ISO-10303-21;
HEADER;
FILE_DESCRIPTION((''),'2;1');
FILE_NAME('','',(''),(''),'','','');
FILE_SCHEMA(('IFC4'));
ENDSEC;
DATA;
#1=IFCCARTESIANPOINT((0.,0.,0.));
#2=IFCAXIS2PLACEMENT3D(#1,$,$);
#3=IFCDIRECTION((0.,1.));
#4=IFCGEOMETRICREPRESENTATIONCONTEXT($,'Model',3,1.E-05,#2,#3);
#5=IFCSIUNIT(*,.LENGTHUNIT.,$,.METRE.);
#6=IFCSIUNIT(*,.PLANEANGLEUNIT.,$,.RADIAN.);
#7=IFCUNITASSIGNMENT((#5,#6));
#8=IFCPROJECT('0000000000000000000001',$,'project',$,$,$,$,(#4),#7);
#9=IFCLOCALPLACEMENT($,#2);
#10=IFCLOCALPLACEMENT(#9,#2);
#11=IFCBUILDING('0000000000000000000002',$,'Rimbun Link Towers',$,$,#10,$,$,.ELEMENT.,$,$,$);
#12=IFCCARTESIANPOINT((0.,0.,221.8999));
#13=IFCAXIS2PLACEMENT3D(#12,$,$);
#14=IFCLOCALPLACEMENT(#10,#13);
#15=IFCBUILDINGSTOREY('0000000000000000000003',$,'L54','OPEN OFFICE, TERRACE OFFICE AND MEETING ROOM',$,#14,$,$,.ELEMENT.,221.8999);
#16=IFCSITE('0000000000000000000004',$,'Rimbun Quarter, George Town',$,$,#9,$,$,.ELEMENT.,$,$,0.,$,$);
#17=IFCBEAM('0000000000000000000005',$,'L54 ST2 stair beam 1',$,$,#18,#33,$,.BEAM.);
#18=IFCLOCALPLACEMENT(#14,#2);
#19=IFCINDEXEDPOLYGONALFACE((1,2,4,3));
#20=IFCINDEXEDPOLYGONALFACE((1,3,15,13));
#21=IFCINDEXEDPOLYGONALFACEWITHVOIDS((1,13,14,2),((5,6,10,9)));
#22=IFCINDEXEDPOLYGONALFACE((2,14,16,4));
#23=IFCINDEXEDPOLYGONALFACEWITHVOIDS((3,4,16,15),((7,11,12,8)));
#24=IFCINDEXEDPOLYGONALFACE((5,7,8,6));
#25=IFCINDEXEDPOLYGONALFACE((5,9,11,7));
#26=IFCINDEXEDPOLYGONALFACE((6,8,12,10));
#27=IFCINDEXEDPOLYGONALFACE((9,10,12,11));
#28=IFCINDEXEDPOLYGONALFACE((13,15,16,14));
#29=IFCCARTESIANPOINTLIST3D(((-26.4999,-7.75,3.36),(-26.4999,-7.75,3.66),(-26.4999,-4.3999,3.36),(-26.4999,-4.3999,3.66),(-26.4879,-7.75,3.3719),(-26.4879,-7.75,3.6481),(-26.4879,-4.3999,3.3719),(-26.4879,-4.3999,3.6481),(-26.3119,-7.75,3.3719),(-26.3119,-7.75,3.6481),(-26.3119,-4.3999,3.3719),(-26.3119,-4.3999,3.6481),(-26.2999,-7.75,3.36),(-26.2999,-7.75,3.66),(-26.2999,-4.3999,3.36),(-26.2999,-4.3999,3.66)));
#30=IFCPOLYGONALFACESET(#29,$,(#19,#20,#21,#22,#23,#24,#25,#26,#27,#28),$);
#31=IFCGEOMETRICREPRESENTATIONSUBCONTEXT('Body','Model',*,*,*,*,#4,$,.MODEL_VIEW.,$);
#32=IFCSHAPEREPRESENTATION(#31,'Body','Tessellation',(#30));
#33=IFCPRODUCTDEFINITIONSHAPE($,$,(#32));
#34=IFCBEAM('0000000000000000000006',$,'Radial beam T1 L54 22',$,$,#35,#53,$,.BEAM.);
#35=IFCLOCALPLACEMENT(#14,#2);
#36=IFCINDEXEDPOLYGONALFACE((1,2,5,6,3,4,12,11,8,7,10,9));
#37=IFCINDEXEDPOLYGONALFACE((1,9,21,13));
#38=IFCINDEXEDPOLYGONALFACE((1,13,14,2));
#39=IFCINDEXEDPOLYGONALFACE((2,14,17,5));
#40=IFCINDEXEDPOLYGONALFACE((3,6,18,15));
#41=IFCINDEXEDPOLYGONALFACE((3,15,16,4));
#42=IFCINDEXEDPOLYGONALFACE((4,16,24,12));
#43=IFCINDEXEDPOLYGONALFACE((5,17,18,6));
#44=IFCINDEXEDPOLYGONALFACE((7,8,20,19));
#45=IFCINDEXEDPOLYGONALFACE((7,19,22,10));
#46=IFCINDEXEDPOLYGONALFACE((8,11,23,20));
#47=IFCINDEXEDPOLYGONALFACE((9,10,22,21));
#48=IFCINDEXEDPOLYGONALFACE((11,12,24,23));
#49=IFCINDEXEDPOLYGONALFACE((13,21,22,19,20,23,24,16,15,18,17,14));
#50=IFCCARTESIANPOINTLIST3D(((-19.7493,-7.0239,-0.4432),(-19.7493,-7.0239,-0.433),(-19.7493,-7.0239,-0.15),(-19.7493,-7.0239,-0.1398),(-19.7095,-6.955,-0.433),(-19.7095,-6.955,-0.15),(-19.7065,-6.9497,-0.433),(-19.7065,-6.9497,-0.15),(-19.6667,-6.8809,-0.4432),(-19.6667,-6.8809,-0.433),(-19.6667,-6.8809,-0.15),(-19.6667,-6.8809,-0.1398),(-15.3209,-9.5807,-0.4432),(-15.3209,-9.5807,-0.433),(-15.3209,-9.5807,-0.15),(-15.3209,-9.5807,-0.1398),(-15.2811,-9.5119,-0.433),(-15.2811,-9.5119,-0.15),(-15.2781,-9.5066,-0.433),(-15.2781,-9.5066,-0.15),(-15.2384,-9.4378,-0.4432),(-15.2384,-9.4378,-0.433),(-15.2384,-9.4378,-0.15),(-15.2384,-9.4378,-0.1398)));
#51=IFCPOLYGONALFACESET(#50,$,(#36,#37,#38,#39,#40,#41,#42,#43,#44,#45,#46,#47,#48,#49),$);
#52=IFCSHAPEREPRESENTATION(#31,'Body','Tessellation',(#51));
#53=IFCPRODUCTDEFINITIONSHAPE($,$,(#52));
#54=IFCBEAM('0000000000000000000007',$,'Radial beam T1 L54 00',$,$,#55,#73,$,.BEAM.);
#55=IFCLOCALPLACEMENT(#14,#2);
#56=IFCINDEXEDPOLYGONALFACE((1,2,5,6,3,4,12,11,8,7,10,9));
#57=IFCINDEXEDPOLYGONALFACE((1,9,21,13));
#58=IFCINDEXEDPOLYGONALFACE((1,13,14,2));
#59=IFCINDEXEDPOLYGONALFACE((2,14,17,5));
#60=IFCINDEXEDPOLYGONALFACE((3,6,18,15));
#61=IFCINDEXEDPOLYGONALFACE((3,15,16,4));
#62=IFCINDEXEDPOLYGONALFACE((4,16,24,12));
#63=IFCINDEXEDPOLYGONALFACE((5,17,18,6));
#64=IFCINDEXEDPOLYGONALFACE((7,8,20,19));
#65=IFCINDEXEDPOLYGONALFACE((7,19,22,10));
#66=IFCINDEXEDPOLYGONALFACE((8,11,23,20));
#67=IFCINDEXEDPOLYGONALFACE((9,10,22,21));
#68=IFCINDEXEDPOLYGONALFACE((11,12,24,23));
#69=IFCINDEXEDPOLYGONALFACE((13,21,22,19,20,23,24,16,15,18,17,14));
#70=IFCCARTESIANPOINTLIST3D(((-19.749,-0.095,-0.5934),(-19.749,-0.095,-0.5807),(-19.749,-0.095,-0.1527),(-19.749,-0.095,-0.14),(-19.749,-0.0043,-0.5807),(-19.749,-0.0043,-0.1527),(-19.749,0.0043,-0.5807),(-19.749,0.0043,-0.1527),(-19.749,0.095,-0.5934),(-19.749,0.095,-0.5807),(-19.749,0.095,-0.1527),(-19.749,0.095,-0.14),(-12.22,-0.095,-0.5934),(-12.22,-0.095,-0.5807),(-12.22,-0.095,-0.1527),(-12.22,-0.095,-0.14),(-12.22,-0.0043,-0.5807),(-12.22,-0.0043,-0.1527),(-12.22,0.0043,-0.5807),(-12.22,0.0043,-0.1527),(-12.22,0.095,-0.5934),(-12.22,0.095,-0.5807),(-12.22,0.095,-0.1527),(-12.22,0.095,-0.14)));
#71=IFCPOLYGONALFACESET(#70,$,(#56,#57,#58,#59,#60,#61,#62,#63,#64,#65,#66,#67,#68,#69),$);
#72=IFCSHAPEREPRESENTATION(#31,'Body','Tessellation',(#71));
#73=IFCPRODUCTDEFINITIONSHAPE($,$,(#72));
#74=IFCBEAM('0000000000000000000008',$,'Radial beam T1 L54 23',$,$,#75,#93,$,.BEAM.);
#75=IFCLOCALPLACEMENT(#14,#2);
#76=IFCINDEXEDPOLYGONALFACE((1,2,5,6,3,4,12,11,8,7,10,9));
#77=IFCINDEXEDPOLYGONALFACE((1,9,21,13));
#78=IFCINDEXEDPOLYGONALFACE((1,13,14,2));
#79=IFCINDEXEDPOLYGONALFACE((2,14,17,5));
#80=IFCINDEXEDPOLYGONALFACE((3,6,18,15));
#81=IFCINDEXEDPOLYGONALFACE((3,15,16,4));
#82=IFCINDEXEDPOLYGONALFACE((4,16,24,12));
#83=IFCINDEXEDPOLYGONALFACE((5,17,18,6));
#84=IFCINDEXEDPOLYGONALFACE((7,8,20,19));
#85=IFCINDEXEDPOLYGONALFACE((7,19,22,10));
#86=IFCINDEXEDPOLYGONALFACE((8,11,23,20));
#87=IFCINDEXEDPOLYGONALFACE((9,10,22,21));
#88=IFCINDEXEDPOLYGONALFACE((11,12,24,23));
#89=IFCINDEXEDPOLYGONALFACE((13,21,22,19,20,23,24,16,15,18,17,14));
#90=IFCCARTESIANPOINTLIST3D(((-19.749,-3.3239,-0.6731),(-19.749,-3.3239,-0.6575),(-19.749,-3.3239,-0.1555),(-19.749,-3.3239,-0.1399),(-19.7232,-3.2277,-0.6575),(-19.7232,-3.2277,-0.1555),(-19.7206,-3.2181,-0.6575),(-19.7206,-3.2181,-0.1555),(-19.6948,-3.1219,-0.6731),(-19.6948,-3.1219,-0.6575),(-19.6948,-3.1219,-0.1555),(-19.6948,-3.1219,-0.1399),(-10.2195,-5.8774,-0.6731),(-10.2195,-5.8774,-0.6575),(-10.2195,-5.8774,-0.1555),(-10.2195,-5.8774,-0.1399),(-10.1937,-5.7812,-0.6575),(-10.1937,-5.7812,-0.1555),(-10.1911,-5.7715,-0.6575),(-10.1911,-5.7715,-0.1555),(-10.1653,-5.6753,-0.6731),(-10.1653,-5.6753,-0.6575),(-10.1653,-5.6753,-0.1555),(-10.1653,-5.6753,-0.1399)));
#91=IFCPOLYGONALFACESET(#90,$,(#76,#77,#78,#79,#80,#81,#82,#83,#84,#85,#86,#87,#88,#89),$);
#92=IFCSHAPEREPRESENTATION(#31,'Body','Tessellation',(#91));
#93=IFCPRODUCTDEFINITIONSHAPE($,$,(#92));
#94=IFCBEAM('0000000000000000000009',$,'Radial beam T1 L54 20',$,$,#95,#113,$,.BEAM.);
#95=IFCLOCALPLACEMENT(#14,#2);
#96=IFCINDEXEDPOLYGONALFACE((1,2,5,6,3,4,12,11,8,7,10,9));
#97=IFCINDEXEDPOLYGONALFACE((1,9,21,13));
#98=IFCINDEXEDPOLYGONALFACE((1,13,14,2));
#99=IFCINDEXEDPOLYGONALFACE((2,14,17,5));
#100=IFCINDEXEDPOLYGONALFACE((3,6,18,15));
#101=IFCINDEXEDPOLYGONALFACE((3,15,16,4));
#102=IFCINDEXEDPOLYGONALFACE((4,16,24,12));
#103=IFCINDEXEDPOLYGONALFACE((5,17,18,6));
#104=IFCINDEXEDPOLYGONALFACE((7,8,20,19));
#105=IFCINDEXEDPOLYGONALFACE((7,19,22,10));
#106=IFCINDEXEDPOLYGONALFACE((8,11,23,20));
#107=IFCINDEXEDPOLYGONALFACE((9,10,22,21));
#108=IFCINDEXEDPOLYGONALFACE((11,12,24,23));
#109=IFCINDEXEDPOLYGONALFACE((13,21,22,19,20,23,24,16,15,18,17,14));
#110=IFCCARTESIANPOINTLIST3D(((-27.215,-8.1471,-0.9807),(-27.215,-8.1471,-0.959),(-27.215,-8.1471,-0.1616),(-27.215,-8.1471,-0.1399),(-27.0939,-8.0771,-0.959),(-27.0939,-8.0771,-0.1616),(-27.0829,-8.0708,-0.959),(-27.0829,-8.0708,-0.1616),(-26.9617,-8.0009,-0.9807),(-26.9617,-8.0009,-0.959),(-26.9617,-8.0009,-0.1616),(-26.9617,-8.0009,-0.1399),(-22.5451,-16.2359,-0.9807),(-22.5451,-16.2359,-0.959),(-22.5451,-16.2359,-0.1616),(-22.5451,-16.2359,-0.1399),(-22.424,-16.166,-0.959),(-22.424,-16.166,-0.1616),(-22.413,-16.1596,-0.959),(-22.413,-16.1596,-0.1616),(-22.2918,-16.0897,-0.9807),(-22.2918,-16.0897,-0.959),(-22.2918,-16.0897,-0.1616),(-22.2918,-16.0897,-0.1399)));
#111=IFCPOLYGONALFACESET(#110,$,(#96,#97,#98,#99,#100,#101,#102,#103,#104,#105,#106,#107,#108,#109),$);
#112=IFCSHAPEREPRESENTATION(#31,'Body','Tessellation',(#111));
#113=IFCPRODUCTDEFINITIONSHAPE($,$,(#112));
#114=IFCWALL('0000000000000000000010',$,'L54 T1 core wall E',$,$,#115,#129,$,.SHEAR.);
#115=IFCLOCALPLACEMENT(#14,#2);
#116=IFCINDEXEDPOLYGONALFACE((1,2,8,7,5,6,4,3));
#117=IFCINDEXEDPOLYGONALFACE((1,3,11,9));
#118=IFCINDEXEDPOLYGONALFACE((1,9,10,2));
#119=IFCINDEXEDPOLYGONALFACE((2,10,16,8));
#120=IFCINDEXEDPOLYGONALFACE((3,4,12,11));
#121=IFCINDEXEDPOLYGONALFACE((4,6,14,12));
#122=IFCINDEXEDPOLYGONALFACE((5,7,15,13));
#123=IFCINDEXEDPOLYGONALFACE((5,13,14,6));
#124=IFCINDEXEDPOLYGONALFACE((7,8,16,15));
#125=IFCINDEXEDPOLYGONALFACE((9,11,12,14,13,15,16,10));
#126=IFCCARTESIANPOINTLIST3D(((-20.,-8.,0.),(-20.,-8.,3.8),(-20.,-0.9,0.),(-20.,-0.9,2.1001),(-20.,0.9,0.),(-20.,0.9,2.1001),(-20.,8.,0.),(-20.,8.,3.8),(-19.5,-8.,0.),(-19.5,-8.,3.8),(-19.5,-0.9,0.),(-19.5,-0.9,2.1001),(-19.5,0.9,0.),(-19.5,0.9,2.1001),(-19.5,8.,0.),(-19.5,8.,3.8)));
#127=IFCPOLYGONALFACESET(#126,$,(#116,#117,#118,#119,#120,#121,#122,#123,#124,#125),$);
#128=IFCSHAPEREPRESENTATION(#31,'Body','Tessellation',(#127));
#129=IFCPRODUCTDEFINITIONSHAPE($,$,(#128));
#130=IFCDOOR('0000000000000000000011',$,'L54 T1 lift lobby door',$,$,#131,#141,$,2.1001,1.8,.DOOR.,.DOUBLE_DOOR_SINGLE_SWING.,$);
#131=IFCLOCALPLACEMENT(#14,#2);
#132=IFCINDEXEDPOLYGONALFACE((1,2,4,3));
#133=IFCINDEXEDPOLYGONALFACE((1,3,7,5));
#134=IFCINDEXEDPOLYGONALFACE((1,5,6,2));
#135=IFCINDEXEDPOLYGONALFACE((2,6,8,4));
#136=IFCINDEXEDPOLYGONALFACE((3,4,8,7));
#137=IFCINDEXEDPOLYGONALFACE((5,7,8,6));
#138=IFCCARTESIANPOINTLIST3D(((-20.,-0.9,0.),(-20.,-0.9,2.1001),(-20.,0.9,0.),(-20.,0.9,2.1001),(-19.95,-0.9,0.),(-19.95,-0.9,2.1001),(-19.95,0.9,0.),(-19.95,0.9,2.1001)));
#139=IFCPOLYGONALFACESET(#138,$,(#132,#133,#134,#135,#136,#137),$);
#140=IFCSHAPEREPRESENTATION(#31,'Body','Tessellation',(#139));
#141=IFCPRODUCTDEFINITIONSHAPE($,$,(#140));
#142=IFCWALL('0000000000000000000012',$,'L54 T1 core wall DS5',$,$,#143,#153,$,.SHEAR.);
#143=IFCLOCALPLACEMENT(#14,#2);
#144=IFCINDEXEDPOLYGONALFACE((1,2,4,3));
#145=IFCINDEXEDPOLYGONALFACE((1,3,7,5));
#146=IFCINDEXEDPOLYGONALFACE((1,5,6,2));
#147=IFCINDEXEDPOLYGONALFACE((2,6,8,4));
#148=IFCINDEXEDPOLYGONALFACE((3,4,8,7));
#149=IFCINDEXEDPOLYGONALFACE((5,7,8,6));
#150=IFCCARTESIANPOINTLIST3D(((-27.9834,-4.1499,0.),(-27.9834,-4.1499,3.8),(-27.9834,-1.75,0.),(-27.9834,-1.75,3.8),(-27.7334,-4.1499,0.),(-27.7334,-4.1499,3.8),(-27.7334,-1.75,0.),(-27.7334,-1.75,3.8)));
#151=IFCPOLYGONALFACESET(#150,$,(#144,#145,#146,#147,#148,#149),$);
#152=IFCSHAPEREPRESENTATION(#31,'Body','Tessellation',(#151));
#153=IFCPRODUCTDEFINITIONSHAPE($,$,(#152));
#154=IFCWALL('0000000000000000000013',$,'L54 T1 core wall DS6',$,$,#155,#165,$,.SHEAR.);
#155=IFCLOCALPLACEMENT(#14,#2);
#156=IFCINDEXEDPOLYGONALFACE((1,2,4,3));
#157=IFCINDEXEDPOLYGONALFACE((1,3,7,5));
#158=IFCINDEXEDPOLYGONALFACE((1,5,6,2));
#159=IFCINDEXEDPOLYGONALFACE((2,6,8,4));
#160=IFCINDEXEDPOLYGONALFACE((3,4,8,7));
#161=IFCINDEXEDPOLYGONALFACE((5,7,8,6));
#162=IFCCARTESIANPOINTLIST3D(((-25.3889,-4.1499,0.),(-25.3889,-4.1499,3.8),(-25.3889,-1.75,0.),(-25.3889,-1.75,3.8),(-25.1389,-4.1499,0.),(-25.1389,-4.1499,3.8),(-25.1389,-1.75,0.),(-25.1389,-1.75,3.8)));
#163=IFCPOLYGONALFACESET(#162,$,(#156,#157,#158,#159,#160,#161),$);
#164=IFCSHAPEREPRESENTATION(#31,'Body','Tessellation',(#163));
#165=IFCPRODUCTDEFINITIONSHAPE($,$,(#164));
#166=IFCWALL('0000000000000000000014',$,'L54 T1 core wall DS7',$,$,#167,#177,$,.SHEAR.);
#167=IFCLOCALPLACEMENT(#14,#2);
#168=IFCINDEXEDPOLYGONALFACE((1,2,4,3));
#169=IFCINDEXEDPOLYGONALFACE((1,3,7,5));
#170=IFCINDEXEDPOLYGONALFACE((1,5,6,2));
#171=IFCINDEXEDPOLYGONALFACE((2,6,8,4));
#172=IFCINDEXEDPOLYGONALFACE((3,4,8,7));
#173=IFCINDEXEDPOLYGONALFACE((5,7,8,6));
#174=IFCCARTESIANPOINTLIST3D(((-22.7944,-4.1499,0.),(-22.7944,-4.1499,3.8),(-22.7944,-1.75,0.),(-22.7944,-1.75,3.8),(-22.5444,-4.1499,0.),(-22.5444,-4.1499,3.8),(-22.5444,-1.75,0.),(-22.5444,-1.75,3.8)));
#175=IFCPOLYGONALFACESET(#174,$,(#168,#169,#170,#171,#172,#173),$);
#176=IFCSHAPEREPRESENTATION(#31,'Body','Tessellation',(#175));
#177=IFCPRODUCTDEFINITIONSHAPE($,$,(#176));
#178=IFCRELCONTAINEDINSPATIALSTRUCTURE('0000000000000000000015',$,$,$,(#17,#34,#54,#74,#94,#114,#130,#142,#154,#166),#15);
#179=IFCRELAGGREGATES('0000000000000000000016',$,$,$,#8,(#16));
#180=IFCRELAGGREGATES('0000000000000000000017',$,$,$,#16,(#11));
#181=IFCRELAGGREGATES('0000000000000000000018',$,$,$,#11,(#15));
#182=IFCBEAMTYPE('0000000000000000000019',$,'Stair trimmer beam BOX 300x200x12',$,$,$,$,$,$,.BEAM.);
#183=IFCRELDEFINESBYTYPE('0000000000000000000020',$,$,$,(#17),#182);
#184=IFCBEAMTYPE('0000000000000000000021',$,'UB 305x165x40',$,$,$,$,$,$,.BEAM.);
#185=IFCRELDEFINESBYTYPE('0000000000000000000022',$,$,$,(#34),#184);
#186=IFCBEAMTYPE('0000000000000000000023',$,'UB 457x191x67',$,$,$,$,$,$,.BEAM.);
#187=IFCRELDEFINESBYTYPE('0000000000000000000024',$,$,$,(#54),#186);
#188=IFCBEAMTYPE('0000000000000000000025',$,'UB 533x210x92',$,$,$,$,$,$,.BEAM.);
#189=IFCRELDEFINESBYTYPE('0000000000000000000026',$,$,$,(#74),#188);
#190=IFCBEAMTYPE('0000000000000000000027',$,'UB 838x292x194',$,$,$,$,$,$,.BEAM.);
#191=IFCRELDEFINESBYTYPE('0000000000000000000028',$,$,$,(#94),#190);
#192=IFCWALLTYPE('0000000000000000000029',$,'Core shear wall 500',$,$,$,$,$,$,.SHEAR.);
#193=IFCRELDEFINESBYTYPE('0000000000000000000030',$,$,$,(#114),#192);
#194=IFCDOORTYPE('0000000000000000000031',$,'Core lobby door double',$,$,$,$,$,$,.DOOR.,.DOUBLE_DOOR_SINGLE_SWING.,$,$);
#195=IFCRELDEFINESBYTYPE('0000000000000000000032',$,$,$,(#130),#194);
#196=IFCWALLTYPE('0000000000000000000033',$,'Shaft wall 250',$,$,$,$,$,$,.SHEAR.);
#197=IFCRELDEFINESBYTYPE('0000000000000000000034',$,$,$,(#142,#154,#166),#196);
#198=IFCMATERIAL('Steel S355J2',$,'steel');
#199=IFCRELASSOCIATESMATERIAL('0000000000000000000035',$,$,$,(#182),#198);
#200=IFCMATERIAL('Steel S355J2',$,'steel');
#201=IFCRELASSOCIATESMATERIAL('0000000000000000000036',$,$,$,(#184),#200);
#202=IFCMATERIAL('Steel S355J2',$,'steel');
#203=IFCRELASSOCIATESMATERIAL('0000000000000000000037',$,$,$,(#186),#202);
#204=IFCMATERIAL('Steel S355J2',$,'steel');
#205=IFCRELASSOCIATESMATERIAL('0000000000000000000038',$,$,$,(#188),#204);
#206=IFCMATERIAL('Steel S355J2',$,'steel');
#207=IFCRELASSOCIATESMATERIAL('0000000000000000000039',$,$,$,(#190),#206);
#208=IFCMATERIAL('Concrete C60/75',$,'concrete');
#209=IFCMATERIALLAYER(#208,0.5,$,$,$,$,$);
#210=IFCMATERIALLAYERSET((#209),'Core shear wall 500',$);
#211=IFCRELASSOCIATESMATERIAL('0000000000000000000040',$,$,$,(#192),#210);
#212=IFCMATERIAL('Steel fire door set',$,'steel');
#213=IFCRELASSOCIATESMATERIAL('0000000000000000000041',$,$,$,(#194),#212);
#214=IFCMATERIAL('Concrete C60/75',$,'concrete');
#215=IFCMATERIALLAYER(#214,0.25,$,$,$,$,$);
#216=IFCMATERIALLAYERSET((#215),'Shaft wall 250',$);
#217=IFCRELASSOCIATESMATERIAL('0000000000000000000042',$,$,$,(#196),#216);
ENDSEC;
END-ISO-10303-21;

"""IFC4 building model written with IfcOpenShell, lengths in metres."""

from ifc_helpers import new_model, si_unit, direction, frame, frame_2d, origin, origin_2d, place, context, subcontext, project, spatial, rectangle, hollow_rectangle, i_section, extrude, material, layer, layer_set, material_profile, profile_set, type_object, element, fill, save


model = new_model("IFC4")

# Units and contexts
model_context = context("Model", 3, precision=1e-05, world=origin(), true_north=direction((0.0, 1.0)))
body_context = subcontext(model_context, "Body", "Model", "MODEL_VIEW")
ifc_project = project(units=[si_unit("LENGTHUNIT", "METRE"), si_unit("PLANEANGLEUNIT", "RADIAN")], contexts=[model_context])

# Site, building, storey
site_placement = place(None, origin())
site = spatial("IfcSite", under=ifc_project, at=site_placement, Name="Rimbun Quarter, George Town", CompositionType="ELEMENT", RefElevation=0.0)
building_placement = place(site_placement, origin())
building = spatial("IfcBuilding", under=site, at=building_placement, Name="Rimbun Link Towers", CompositionType="ELEMENT")
storey_placement = place(building_placement, frame((0.0, 0.0, 221.8999)))
storey = spatial("IfcBuildingStorey", under=building, at=storey_placement, Name="L54", Description="OPEN OFFICE, TERRACE OFFICE AND MEETING ROOM", CompositionType="ELEMENT", Elevation=221.8999)

# Beams
ifc_material_1 = material(Name="Steel S355J2", Category="steel")
ifc_material_profile_1 = material_profile(ifc_material_1, hollow_rectangle(XDim=0.2, YDim=0.3, WallThickness=0.012, at=origin_2d()), Name="BOX 300x200x12")
ifc_profile_set_1 = profile_set([ifc_material_profile_1], Name="Steel S355J2")
beam_type_1 = type_object("IfcBeamType", Name="Stair trimmer beam BOX 300x200x12", PredefinedType="BEAM", material=ifc_profile_set_1)
beam_1_placement = place(storey_placement, frame((-26.3999, -7.75, 3.51), z_axis=(0.0, 1.0, 0.0), x_axis=(-1.0, 0.0, 0.0)))
element("IfcBeam", 1, at=beam_1_placement, inside=storey, type_object=beam_type_1, Name="L54 ST2 stair beam 1", PredefinedType="BEAM", context=body_context, shape_type="SweptSolid", body=[
    extrude(hollow_rectangle(XDim=0.2, YDim=0.3, WallThickness=0.012, at=origin_2d()), origin(), (0.0, 0.0, 1.0), 3.3501),
])
ifc_material_2 = material(Name="Steel S355J2", Category="steel")
ifc_material_profile_2 = material_profile(ifc_material_2, i_section(OverallWidth=0.165, OverallDepth=0.3035, WebThickness=0.0061, FlangeThickness=0.0103, at=origin_2d()), Name="UB 305x165x40")
ifc_profile_set_2 = profile_set([ifc_material_profile_2], Name="Steel S355J2")
beam_type_2 = type_object("IfcBeamType", Name="UB 305x165x40", PredefinedType="BEAM", material=ifc_profile_set_2)
beam_2_placement = place(storey_placement, frame((-19.708, -6.9524, -0.2915), z_axis=(0.866016, -0.500016, 0.0), x_axis=(0.500016, 0.866016, 0.0)))
element("IfcBeam", 2, at=beam_2_placement, inside=storey, type_object=beam_type_2, Name="Radial beam T1 L54 22", PredefinedType="BEAM", context=body_context, shape_type="SweptSolid", body=[
    extrude(i_section(OverallWidth=0.165, OverallDepth=0.3035, WebThickness=0.0061, FlangeThickness=0.0103, at=origin_2d()), origin(), (0.0, 0.0, 1.0), 5.1135),
])
ifc_material_3 = material(Name="Steel S355J2", Category="steel")
ifc_material_profile_3 = material_profile(ifc_material_3, i_section(OverallWidth=0.1899, OverallDepth=0.4534, WebThickness=0.0085, FlangeThickness=0.0127, at=origin_2d()), Name="UB 457x191x67")
ifc_profile_set_3 = profile_set([ifc_material_profile_3], Name="Steel S355J2")
beam_type_3 = type_object("IfcBeamType", Name="UB 457x191x67", PredefinedType="BEAM", material=ifc_profile_set_3)
beam_3_placement = place(storey_placement, frame((-19.749, 0.0, -0.3667), z_axis=(1.0, 0.0, 0.0), x_axis=(0.0, 1.0, 0.0)))
element("IfcBeam", 3, at=beam_3_placement, inside=storey, type_object=beam_type_3, Name="Radial beam T1 L54 00", PredefinedType="BEAM", context=body_context, shape_type="SweptSolid", body=[
    extrude(i_section(OverallWidth=0.1899, OverallDepth=0.4534, WebThickness=0.0085, FlangeThickness=0.0127, at=origin_2d()), origin(), (0.0, 0.0, 1.0), 7.5291),
])
ifc_material_4 = material(Name="Steel S355J2", Category="steel")
ifc_material_profile_4 = material_profile(ifc_material_4, i_section(OverallWidth=0.2092, OverallDepth=0.5332, WebThickness=0.01, FlangeThickness=0.0156, at=origin_2d()), Name="UB 533x210x92")
ifc_profile_set_4 = profile_set([ifc_material_profile_4], Name="Steel S355J2")
beam_type_4 = type_object("IfcBeamType", Name="UB 533x210x92", PredefinedType="BEAM", material=ifc_profile_set_4)
beam_4_placement = place(storey_placement, frame((-19.7219, -3.2229, -0.4065), z_axis=(0.965925, -0.258822, 0.0), x_axis=(0.258822, 0.965925, 0.0)))
element("IfcBeam", 4, at=beam_4_placement, inside=storey, type_object=beam_type_4, Name="Radial beam T1 L54 23", PredefinedType="BEAM", context=body_context, shape_type="SweptSolid", body=[
    extrude(i_section(OverallWidth=0.2092, OverallDepth=0.5332, WebThickness=0.01, FlangeThickness=0.0156, at=origin_2d()), origin(), (0.0, 0.0, 1.0), 9.8657),
])
ifc_material_5 = material(Name="Steel S355J2", Category="steel")
ifc_material_profile_5 = material_profile(ifc_material_5, i_section(OverallWidth=0.2925, OverallDepth=0.8408, WebThickness=0.0127, FlangeThickness=0.0217, at=origin_2d()), Name="UB 838x292x194")
ifc_profile_set_5 = profile_set([ifc_material_profile_5], Name="Steel S355J2")
beam_type_5 = type_object("IfcBeamType", Name="UB 838x292x194", PredefinedType="BEAM", material=ifc_profile_set_5)
beam_5_placement = place(storey_placement, frame((-27.0884, -8.074, -0.5603), z_axis=(0.499985, -0.866034, 0.0), x_axis=(0.866034, 0.499985, 0.0)))
element("IfcBeam", 5, at=beam_5_placement, inside=storey, type_object=beam_type_5, Name="Radial beam T1 L54 20", PredefinedType="BEAM", context=body_context, shape_type="SweptSolid", body=[
    extrude(i_section(OverallWidth=0.2925, OverallDepth=0.8408, WebThickness=0.0127, FlangeThickness=0.0217, at=origin_2d()), origin(), (0.0, 0.0, 1.0), 9.3401),
])

# Wall, opening, door
ifc_material_6 = material(Name="Concrete C60/75", Category="concrete")
ifc_layer_1 = layer(ifc_material_6, 0.5)
ifc_layer_set_1 = layer_set([ifc_layer_1], Name="Core shear wall 500")
wall_type_1 = type_object("IfcWallType", Name="Core shear wall 500", PredefinedType="SHEAR", material=ifc_layer_set_1)
wall_1_placement = place(storey_placement, frame((-19.75, -8.0, 0.0), z_axis=(0.0, 0.0, 1.0), x_axis=(0.0, 1.0, 0.0)))
wall_1 = element("IfcWall", 6, at=wall_1_placement, inside=storey, type_object=wall_type_1, Name="L54 T1 core wall E", PredefinedType="SHEAR", context=body_context, shape_type="SweptSolid", body=[
    extrude(rectangle(XDim=16.0, YDim=0.5, at=frame_2d((8.0, 0.0))), origin(), (0.0, 0.0, 1.0), 3.8),
])
opening_1_placement = place(wall_1_placement, frame((7.1001, 0.0, 0.0)))
opening_1 = element("IfcOpeningElement", 7, at=opening_1_placement, cuts=wall_1, PredefinedType="OPENING", context=body_context, shape_type="SweptSolid", body=[
    extrude(rectangle(XDim=1.8, YDim=2.1001, at=frame_2d((0.8999, 1.05))), frame((0.0, 0.26, 0.0), z_axis=(0.0, -1.0, 0.0), x_axis=(1.0, 0.0, 0.0)), (0.0, 0.0, 1.0), 0.52),
])
ifc_material_7 = material(Name="Steel fire door set", Category="steel")
door_type_1 = type_object("IfcDoorType", Name="Core lobby door double", OperationType="DOUBLE_DOOR_SINGLE_SWING", PredefinedType="DOOR", material=ifc_material_7)
door_1_placement = place(opening_1_placement, origin())
door_1 = element("IfcDoor", 8, at=door_1_placement, inside=storey, type_object=door_type_1, Name="L54 T1 lift lobby door", OperationType="DOUBLE_DOOR_SINGLE_SWING", OverallHeight=2.1001, OverallWidth=1.8, PredefinedType="DOOR", context=body_context, shape_type="SweptSolid", body=[
    extrude(rectangle(XDim=1.8, YDim=2.1001, at=frame_2d((0.8999, 1.05))), frame((0.0, 0.25, 0.0), z_axis=(0.0, -1.0, 0.0), x_axis=(1.0, 0.0, 0.0)), (0.0, 0.0, 1.0), 0.05),
])
fill(opening_1, door_1)

# Walls
ifc_material_8 = material(Name="Concrete C60/75", Category="concrete")
ifc_layer_2 = layer(ifc_material_8, 0.25)
ifc_layer_set_2 = layer_set([ifc_layer_2], Name="Shaft wall 250")
wall_type_2 = type_object("IfcWallType", Name="Shaft wall 250", PredefinedType="SHEAR", material=ifc_layer_set_2)
for number, where, z_axis, x_axis, name in (
    (9, (-27.8584, -4.1499, 0.0), (0.0, 0.0, 1.0), (0.0, 1.0, 0.0), "L54 T1 core wall DS5"),
    (10, (-25.2639, -4.1499, 0.0), (0.0, 0.0, 1.0), (0.0, 1.0, 0.0), "L54 T1 core wall DS6"),
    (11, (-22.6694, -4.1499, 0.0), (0.0, 0.0, 1.0), (0.0, 1.0, 0.0), "L54 T1 core wall DS7"),
):
    element("IfcWall", number, at=place(storey_placement, frame(where, z_axis=z_axis, x_axis=x_axis)), inside=storey, type_object=wall_type_2, Name=name, PredefinedType="SHEAR", context=body_context, shape_type="SweptSolid", body=[
        extrude(rectangle(XDim=2.3999, YDim=0.25, at=frame_2d((1.2, 0.0))), origin(), (0.0, 0.0, 1.0), 3.8),
    ])

save(model, "model.ifc")
